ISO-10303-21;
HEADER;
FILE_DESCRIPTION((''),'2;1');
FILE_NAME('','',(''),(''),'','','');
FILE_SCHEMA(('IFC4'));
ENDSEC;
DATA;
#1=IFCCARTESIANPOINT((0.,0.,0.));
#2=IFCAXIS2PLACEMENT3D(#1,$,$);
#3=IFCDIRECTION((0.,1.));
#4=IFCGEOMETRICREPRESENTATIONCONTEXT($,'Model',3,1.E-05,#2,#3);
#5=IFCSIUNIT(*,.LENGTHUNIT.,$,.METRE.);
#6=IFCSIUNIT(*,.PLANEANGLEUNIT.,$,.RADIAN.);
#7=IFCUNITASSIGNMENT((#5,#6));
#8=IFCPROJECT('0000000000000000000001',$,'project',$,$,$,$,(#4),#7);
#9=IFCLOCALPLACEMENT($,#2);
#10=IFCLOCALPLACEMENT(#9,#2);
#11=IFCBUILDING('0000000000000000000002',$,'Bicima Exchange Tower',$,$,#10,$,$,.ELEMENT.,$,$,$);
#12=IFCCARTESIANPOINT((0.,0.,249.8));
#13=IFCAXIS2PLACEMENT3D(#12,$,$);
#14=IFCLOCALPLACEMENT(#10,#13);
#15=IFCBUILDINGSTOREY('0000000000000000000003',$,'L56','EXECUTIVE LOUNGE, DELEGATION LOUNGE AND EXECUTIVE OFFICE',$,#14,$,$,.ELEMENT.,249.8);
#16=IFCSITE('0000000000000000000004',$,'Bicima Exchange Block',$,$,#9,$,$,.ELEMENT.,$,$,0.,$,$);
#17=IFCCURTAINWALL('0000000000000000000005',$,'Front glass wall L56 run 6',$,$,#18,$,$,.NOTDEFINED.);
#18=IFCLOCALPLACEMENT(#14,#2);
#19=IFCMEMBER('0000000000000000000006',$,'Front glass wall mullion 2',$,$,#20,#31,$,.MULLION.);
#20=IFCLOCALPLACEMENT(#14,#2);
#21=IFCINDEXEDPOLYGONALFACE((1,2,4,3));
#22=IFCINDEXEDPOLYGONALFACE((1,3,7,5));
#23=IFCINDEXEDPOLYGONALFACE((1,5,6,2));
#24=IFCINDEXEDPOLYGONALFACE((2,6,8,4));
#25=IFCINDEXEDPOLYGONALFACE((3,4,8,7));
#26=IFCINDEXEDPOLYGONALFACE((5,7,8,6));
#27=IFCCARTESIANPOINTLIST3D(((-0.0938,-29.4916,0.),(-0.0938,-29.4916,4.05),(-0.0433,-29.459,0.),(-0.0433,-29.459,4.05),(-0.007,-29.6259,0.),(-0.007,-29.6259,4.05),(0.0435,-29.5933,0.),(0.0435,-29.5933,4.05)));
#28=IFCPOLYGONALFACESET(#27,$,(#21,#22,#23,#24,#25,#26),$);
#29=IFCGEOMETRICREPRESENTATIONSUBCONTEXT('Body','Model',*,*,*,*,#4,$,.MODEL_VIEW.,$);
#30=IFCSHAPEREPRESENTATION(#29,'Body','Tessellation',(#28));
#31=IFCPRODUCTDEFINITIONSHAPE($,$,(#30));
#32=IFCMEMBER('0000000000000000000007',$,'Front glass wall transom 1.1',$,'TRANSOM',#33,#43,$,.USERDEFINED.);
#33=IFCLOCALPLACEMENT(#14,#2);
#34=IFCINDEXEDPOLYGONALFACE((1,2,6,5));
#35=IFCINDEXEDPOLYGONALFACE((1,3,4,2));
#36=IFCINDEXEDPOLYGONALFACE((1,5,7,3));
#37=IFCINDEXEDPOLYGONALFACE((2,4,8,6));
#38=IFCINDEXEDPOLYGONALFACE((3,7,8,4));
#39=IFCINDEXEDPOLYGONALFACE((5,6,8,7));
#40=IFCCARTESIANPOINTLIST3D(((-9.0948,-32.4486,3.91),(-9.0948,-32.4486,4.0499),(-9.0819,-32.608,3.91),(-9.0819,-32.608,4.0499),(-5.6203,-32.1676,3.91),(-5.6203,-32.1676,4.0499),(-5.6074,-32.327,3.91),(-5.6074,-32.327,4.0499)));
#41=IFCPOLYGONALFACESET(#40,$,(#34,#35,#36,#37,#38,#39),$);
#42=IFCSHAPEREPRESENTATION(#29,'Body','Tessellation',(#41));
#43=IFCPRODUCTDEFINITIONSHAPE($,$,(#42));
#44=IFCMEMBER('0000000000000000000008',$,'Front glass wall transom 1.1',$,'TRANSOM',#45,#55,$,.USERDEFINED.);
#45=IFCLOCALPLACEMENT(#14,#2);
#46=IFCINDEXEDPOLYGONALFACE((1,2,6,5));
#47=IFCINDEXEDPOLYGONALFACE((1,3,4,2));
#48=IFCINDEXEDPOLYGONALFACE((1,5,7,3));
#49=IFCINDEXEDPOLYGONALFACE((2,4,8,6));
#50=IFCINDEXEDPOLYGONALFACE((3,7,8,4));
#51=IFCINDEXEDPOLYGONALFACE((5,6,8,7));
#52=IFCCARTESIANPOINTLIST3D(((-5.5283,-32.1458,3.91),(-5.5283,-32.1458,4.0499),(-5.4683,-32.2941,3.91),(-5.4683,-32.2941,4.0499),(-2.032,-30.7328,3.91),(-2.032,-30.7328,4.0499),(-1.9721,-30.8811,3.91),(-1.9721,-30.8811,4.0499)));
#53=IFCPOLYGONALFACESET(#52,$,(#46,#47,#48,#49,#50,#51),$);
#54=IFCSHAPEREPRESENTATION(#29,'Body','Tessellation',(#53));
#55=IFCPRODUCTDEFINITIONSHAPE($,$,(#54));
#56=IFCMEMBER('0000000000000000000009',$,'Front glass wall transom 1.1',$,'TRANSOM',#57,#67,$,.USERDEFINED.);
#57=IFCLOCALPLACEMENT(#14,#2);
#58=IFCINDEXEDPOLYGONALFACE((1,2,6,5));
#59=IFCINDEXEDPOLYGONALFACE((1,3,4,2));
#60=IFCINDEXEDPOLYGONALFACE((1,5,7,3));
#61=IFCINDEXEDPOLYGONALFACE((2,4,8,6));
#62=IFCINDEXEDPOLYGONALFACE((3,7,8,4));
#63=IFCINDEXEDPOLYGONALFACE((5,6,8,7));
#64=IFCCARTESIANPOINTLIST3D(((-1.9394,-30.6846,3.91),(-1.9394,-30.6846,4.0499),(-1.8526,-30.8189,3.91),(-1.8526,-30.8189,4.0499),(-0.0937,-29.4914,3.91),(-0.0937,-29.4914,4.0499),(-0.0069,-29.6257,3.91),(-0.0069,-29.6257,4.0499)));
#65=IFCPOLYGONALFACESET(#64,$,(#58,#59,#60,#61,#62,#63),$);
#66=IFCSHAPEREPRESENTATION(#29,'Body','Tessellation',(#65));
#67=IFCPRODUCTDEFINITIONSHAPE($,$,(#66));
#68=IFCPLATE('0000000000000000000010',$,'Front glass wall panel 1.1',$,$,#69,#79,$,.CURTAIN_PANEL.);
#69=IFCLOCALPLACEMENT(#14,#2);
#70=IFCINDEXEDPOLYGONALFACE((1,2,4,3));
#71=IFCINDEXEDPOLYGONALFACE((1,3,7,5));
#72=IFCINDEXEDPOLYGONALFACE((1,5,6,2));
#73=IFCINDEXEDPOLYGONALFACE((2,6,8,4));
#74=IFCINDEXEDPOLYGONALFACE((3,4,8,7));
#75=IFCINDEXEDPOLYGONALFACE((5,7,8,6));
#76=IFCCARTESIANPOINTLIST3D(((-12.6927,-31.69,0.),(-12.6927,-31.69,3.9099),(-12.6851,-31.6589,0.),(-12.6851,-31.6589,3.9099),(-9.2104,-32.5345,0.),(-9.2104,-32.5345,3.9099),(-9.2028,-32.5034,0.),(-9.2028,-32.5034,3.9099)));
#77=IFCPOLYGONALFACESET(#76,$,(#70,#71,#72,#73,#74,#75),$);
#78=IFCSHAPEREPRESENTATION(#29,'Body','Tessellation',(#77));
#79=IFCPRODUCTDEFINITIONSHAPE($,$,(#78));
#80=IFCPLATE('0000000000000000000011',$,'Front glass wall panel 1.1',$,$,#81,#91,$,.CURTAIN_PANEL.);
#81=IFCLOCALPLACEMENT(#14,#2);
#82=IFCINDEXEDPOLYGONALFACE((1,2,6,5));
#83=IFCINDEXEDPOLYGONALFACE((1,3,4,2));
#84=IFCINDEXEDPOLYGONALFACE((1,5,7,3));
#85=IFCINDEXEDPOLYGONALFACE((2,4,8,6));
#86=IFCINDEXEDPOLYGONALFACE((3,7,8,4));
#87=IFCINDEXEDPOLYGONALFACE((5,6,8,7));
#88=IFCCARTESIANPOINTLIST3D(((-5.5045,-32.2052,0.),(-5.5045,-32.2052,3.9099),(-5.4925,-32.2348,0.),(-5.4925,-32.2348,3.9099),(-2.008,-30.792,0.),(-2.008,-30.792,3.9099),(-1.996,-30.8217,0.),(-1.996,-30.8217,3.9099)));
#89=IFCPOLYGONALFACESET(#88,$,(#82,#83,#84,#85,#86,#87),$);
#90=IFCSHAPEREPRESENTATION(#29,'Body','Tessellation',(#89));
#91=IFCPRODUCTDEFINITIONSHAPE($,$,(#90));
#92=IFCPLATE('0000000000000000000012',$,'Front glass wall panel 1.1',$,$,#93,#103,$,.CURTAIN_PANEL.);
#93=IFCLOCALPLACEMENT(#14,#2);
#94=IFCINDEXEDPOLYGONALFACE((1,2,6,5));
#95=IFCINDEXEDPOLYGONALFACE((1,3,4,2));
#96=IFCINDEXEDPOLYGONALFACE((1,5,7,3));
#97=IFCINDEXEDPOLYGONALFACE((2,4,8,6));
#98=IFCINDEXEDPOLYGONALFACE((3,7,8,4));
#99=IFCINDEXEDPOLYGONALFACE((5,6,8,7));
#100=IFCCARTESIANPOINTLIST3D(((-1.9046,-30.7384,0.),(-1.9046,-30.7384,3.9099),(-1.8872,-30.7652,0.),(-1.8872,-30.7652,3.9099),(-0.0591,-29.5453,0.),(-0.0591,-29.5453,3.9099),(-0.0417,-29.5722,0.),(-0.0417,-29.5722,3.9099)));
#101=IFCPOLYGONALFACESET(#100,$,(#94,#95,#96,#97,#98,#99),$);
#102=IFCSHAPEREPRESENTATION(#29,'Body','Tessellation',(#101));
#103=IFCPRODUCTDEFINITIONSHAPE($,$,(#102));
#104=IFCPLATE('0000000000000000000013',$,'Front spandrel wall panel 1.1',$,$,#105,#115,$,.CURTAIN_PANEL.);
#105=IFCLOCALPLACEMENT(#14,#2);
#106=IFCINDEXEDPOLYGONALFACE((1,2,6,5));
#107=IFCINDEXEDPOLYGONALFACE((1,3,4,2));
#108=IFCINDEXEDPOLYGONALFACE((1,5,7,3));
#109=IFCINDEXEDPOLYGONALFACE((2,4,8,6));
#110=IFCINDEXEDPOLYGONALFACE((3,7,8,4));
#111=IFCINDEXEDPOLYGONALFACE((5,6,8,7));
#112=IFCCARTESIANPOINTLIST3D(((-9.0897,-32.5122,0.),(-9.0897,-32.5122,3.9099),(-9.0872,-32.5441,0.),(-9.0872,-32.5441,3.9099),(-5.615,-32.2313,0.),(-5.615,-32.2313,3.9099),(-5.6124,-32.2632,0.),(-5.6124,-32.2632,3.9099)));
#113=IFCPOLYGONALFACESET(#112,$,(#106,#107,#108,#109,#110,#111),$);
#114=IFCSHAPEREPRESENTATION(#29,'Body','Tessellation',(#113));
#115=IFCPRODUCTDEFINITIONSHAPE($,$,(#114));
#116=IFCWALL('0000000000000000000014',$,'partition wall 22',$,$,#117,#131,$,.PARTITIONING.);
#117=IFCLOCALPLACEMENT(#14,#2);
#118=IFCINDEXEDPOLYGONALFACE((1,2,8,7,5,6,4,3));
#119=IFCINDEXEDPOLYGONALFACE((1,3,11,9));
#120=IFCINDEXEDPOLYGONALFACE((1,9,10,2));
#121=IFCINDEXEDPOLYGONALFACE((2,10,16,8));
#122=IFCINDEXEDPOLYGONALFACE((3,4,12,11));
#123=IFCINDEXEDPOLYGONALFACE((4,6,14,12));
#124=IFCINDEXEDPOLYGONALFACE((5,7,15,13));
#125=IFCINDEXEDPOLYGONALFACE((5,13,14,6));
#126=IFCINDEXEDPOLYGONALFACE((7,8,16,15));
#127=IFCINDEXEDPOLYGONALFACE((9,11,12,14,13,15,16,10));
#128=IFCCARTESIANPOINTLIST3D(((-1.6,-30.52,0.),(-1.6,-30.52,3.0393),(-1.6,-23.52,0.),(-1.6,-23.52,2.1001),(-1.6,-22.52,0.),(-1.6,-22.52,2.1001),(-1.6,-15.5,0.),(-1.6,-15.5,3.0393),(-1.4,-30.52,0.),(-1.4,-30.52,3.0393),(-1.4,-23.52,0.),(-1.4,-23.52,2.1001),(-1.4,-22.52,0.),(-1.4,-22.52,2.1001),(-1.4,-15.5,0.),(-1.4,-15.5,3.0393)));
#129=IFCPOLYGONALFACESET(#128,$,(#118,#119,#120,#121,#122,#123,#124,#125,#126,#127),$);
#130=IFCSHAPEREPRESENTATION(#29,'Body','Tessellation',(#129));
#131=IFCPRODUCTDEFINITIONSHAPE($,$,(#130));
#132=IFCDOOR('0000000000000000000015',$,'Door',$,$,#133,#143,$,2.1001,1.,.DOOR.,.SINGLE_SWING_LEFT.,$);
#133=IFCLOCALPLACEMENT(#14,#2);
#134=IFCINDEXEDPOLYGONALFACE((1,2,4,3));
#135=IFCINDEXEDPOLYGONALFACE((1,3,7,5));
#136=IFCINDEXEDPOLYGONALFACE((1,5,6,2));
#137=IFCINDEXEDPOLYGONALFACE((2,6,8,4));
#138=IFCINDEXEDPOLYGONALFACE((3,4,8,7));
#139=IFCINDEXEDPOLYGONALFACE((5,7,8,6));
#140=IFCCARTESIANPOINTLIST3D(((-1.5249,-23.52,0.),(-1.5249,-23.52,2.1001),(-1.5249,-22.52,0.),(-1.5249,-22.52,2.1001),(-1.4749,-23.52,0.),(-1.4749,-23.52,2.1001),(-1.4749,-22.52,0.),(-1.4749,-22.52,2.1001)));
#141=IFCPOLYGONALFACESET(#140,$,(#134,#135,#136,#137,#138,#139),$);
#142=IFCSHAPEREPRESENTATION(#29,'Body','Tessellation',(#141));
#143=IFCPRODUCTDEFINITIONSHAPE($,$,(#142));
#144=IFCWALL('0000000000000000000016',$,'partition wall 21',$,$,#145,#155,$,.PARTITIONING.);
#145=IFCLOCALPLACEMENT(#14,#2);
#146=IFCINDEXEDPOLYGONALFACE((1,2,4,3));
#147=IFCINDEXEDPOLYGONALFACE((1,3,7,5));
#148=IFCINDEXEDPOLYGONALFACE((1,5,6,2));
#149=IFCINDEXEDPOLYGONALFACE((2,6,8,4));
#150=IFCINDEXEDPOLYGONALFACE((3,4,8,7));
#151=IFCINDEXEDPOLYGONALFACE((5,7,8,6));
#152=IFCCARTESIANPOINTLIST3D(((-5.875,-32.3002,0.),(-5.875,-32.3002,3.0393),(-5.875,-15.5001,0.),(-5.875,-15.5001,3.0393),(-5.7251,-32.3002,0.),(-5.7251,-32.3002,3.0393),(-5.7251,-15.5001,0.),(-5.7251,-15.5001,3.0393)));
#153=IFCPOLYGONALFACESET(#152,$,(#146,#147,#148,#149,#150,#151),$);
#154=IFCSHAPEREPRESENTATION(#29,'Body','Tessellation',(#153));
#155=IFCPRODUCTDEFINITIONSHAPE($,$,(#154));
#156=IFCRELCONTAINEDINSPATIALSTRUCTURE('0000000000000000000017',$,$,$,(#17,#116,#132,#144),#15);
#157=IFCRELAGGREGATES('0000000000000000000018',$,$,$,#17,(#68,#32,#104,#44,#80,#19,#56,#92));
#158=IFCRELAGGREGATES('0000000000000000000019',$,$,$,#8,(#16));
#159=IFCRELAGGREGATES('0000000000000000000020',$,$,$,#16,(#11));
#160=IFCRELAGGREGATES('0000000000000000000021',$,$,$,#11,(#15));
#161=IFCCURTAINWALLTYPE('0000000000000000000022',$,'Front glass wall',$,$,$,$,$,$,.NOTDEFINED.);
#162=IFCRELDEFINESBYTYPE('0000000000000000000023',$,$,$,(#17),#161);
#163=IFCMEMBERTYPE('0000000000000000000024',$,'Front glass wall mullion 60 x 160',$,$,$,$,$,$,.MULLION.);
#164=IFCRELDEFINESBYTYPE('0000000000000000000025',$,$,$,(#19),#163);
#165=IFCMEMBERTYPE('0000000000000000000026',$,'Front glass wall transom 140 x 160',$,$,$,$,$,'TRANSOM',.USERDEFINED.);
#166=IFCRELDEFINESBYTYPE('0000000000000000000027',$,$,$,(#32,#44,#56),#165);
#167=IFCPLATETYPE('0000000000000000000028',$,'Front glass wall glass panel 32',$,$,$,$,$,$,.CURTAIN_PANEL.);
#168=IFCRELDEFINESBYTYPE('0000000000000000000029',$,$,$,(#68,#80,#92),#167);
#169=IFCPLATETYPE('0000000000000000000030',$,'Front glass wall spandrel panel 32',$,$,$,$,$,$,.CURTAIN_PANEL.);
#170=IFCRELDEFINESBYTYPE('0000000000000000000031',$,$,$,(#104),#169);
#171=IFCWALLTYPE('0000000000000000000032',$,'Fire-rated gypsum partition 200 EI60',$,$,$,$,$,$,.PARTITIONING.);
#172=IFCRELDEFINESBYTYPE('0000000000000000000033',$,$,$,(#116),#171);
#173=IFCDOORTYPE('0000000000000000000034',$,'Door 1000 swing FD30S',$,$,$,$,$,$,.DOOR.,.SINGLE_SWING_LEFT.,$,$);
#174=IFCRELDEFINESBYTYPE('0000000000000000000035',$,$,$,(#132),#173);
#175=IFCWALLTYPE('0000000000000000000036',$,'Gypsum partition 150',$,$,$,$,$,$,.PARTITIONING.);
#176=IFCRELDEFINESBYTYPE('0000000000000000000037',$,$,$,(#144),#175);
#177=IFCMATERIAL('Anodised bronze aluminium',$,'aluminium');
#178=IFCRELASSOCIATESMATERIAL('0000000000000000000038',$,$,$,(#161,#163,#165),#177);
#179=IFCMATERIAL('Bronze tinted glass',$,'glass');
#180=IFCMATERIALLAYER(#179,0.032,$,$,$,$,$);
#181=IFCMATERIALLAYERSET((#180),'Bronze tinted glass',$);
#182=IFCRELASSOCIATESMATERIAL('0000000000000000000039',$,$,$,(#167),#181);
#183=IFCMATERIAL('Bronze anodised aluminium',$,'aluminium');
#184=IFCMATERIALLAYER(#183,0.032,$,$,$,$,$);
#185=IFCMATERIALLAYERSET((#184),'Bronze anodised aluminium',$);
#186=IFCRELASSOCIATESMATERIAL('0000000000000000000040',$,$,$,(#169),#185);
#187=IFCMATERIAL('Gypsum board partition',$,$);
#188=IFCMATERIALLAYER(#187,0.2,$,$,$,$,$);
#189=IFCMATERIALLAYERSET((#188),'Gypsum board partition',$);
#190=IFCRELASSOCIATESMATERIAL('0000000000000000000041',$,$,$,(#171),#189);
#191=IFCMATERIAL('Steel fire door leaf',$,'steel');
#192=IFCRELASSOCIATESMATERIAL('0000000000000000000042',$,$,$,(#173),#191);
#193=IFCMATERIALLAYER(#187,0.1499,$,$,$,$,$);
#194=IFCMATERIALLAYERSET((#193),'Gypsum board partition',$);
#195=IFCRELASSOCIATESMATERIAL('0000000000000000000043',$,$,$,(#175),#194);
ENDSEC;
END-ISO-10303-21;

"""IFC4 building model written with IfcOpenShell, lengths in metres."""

from ifc_helpers import new_model, si_unit, direction, frame, frame_2d, origin, origin_2d, place, context, subcontext, project, spatial, rectangle, extrude, material, layer, layer_set, material_profile, profile_set, type_object, element, fill, aggregate, save


model = new_model("IFC4")

# Units and contexts
model_context = context("Model", 3, precision=1e-05, world=origin(), true_north=direction((0.0, 1.0)))
body_context = subcontext(model_context, "Body", "Model", "MODEL_VIEW")
ifc_project = project(units=[si_unit("LENGTHUNIT", "METRE"), si_unit("PLANEANGLEUNIT", "RADIAN")], contexts=[model_context])

# Site, building, storey
site_placement = place(None, origin())
site = spatial("IfcSite", under=ifc_project, at=site_placement, Name="Bicima Exchange Block", CompositionType="ELEMENT", RefElevation=0.0)
building_placement = place(site_placement, origin())
building = spatial("IfcBuilding", under=site, at=building_placement, Name="Bicima Exchange Tower", CompositionType="ELEMENT")
storey_placement = place(building_placement, frame((0.0, 0.0, 249.8)))
storey = spatial("IfcBuildingStorey", under=building, at=storey_placement, Name="L56", Description="EXECUTIVE LOUNGE, DELEGATION LOUNGE AND EXECUTIVE OFFICE", CompositionType="ELEMENT", Elevation=249.8)

# Curtain wall, members, plates
ifc_material_1 = material(Name="Anodised bronze aluminium", Category="aluminium")
curtain_wall_type = type_object("IfcCurtainWallType", Name="Front glass wall", PredefinedType="NOTDEFINED", material=ifc_material_1)
curtain_wall_placement = place(storey_placement, origin())
curtain_wall = element("IfcCurtainWall", 1, at=curtain_wall_placement, inside=storey, type_object=curtain_wall_type, Name="Front glass wall L56 run 6", PredefinedType="NOTDEFINED")
ifc_material_profile_1 = material_profile(ifc_material_1, rectangle(XDim=0.1599, YDim=0.0601, at=origin_2d()))
ifc_profile_set_1 = profile_set([ifc_material_profile_1], Name="Anodised bronze aluminium")
member_type_1 = type_object("IfcMemberType", Name="Front glass wall mullion 60 x 160", PredefinedType="MULLION", material=ifc_profile_set_1)
member_1_placement = place(storey_placement, frame((-0.0251, -29.5425, 0.0), z_axis=(0.0, 0.0, 1.0), x_axis=(-0.542897, 0.839799, 0.0)))
member_1 = element("IfcMember", 2, at=member_1_placement, type_object=member_type_1, Name="Front glass wall mullion 2", PredefinedType="MULLION", context=body_context, shape_type="SweptSolid", body=[
    extrude(rectangle(XDim=0.1599, YDim=0.0601, at=origin_2d()), origin(), (0.0, 0.0, 1.0), 4.05),
])
ifc_material_profile_2 = material_profile(ifc_material_1, rectangle(XDim=0.1599, YDim=0.1399, at=origin_2d()))
ifc_profile_set_2 = profile_set([ifc_material_profile_2], Name="Anodised bronze aluminium")
member_type_2 = type_object("IfcMemberType", Name="Front glass wall transom 140 x 160", ElementType="TRANSOM", PredefinedType="USERDEFINED", material=ifc_profile_set_2)
member_2_placement = place(storey_placement, frame((-9.0884, -32.5283, 3.98), z_axis=(0.996746, 0.080611, 0.0), x_axis=(-0.080611, 0.996746, 0.0)))
member_2 = element("IfcMember", 3, at=member_2_placement, type_object=member_type_2, Name="Front glass wall transom 1.1", ObjectType="TRANSOM", PredefinedType="USERDEFINED", context=body_context, shape_type="SweptSolid", body=[
    extrude(rectangle(XDim=0.1599, YDim=0.1399, at=origin_2d()), origin(), (0.0, 0.0, 1.0), 3.4858),
])
member_3_placement = place(storey_placement, frame((-5.4983, -32.22, 3.98), z_axis=(0.92714, 0.374715, 0.0), x_axis=(-0.374715, 0.92714, 0.0)))
member_3 = element("IfcMember", 4, at=member_3_placement, type_object=member_type_2, Name="Front glass wall transom 1.1", ObjectType="TRANSOM", PredefinedType="USERDEFINED", context=body_context, shape_type="SweptSolid", body=[
    extrude(rectangle(XDim=0.1599, YDim=0.1399, at=origin_2d()), origin(), (0.0, 0.0, 1.0), 3.771),
])
member_4_placement = place(storey_placement, frame((-1.896, -30.7517, 3.98), z_axis=(0.839811, 0.542878, 0.0), x_axis=(-0.542878, 0.839811, 0.0)))
member_4 = element("IfcMember", 5, at=member_4_placement, type_object=member_type_2, Name="Front glass wall transom 1.1", ObjectType="TRANSOM", PredefinedType="USERDEFINED", context=body_context, shape_type="SweptSolid", body=[
    extrude(rectangle(XDim=0.1599, YDim=0.1399, at=origin_2d()), origin(), (0.0, 0.0, 1.0), 2.1978),
])
ifc_material_2 = material(Name="Bronze tinted glass", Category="glass")
ifc_layer_1 = layer(ifc_material_2, 0.032)
ifc_layer_set_1 = layer_set([ifc_layer_1], Name="Bronze tinted glass")
plate_type_1 = type_object("IfcPlateType", Name="Front glass wall glass panel 32", PredefinedType="CURTAIN_PANEL", material=ifc_layer_set_1)
plate_1_placement = place(storey_placement, frame((-10.9478, -32.0967, 0.0), z_axis=(0.0, 0.0, 1.0), x_axis=(0.97183, -0.235682, 0.0)))
plate_1 = element("IfcPlate", 6, at=plate_1_placement, type_object=plate_type_1, Name="Front glass wall panel 1.1", PredefinedType="CURTAIN_PANEL", context=body_context, shape_type="SweptSolid", body=[
    extrude(rectangle(XDim=3.5833, YDim=0.032, at=origin_2d()), origin(), (0.0, 0.0, 1.0), 3.9099),
])
plate_2_placement = place(storey_placement, frame((-3.7502, -31.5134, 0.0), z_axis=(0.0, 0.0, 1.0), x_axis=(0.927144, 0.374705, 0.0)))
plate_2 = element("IfcPlate", 7, at=plate_2_placement, type_object=plate_type_1, Name="Front glass wall panel 1.1", PredefinedType="CURTAIN_PANEL", context=body_context, shape_type="SweptSolid", body=[
    extrude(rectangle(XDim=3.7712, YDim=0.032, at=origin_2d()), origin(), (0.0, 0.0, 1.0), 3.9099),
])
plate_3_placement = place(storey_placement, frame((-0.9731, -30.1553, 0.0), z_axis=(0.0, 0.0, 1.0), x_axis=(0.839799, 0.542897, 0.0)))
plate_3 = element("IfcPlate", 8, at=plate_3_placement, type_object=plate_type_1, Name="Front glass wall panel 1.1", PredefinedType="CURTAIN_PANEL", context=body_context, shape_type="SweptSolid", body=[
    extrude(rectangle(XDim=2.1975, YDim=0.032, at=origin_2d()), origin(), (0.0, 0.0, 1.0), 3.9099),
])
ifc_material_3 = material(Name="Bronze anodised aluminium", Category="aluminium")
ifc_layer_2 = layer(ifc_material_3, 0.032)
ifc_layer_set_2 = layer_set([ifc_layer_2], Name="Bronze anodised aluminium")
plate_type_2 = type_object("IfcPlateType", Name="Front glass wall spandrel panel 32", PredefinedType="CURTAIN_PANEL", material=ifc_layer_set_2)
plate_4_placement = place(storey_placement, frame((-7.3511, -32.3877, 0.0), z_axis=(0.0, 0.0, 1.0), x_axis=(0.996747, 0.080589, 0.0)))
plate_4 = element("IfcPlate", 9, at=plate_4_placement, type_object=plate_type_2, Name="Front spandrel wall panel 1.1", PredefinedType="CURTAIN_PANEL", context=body_context, shape_type="SweptSolid", body=[
    extrude(rectangle(XDim=3.4861, YDim=0.032, at=origin_2d()), origin(), (0.0, 0.0, 1.0), 3.9099),
])
aggregate(curtain_wall, [plate_1, member_2, plate_4, member_3, plate_2, member_1, member_4, plate_3])

# Wall, opening, door
ifc_material_4 = material(Name="Gypsum board partition")
ifc_layer_3 = layer(ifc_material_4, 0.2)
ifc_layer_set_3 = layer_set([ifc_layer_3], Name="Gypsum board partition")
wall_type_1 = type_object("IfcWallType", Name="Fire-rated gypsum partition 200 EI60", PredefinedType="PARTITIONING", material=ifc_layer_set_3)
wall_1_placement = place(storey_placement, frame((-1.5, -30.52, 0.0), z_axis=(0.0, 0.0, 1.0), x_axis=(0.0, 1.0, 0.0)))
wall_1 = element("IfcWall", 10, at=wall_1_placement, inside=storey, type_object=wall_type_1, Name="partition wall 22", PredefinedType="PARTITIONING", context=body_context, shape_type="SweptSolid", body=[
    extrude(rectangle(XDim=15.02, YDim=0.2, at=frame_2d((7.51, 0.0))), origin(), (0.0, 0.0, 1.0), 3.0393),
])
opening_placement = place(wall_1_placement, frame((7.0, 0.0, 0.0)))
opening = element("IfcOpeningElement", 11, at=opening_placement, cuts=wall_1, PredefinedType="OPENING", context=body_context, shape_type="SweptSolid", body=[
    extrude(rectangle(XDim=1.0, YDim=2.1001, at=frame_2d((0.5, 1.05))), frame((0.0, 0.1118, 0.0), z_axis=(0.0, -1.0, 0.0), x_axis=(1.0, 0.0, 0.0)), (0.0, 0.0, 1.0), 0.2239),
])
ifc_material_5 = material(Name="Steel fire door leaf", Category="steel")
door_type = type_object("IfcDoorType", Name="Door 1000 swing FD30S", OperationType="SINGLE_SWING_LEFT", PredefinedType="DOOR", material=ifc_material_5)
door_placement = place(opening_placement, origin())
door = element("IfcDoor", 12, at=door_placement, inside=storey, type_object=door_type, Name="Door", OperationType="SINGLE_SWING_LEFT", OverallHeight=2.1001, OverallWidth=1.0, PredefinedType="DOOR", context=body_context, shape_type="SweptSolid", body=[
    extrude(rectangle(XDim=1.0, YDim=2.1001, at=frame_2d((0.5, 1.05))), frame((0.0, 0.0249, 0.0), z_axis=(0.0, -1.0, 0.0), x_axis=(1.0, 0.0, 0.0)), (0.0, 0.0, 1.0), 0.05),
])
fill(opening, door)

# Wall
ifc_layer_4 = layer(ifc_material_4, 0.1499)
ifc_layer_set_4 = layer_set([ifc_layer_4], Name="Gypsum board partition")
wall_type_2 = type_object("IfcWallType", Name="Gypsum partition 150", PredefinedType="PARTITIONING", material=ifc_layer_set_4)
wall_2_placement = place(storey_placement, frame((-5.8, -32.3, 0.0), z_axis=(0.0, 0.0, 1.0), x_axis=(0.0, 1.0, 0.0)))
element("IfcWall", 13, at=wall_2_placement, inside=storey, type_object=wall_type_2, Name="partition wall 21", PredefinedType="PARTITIONING", context=body_context, shape_type="SweptSolid", body=[
    extrude(rectangle(XDim=16.8, YDim=0.1499, at=frame_2d((8.3999, 0.0))), origin(), (0.0, 0.0, 1.0), 3.0393),
])

save(model, "model.ifc")
